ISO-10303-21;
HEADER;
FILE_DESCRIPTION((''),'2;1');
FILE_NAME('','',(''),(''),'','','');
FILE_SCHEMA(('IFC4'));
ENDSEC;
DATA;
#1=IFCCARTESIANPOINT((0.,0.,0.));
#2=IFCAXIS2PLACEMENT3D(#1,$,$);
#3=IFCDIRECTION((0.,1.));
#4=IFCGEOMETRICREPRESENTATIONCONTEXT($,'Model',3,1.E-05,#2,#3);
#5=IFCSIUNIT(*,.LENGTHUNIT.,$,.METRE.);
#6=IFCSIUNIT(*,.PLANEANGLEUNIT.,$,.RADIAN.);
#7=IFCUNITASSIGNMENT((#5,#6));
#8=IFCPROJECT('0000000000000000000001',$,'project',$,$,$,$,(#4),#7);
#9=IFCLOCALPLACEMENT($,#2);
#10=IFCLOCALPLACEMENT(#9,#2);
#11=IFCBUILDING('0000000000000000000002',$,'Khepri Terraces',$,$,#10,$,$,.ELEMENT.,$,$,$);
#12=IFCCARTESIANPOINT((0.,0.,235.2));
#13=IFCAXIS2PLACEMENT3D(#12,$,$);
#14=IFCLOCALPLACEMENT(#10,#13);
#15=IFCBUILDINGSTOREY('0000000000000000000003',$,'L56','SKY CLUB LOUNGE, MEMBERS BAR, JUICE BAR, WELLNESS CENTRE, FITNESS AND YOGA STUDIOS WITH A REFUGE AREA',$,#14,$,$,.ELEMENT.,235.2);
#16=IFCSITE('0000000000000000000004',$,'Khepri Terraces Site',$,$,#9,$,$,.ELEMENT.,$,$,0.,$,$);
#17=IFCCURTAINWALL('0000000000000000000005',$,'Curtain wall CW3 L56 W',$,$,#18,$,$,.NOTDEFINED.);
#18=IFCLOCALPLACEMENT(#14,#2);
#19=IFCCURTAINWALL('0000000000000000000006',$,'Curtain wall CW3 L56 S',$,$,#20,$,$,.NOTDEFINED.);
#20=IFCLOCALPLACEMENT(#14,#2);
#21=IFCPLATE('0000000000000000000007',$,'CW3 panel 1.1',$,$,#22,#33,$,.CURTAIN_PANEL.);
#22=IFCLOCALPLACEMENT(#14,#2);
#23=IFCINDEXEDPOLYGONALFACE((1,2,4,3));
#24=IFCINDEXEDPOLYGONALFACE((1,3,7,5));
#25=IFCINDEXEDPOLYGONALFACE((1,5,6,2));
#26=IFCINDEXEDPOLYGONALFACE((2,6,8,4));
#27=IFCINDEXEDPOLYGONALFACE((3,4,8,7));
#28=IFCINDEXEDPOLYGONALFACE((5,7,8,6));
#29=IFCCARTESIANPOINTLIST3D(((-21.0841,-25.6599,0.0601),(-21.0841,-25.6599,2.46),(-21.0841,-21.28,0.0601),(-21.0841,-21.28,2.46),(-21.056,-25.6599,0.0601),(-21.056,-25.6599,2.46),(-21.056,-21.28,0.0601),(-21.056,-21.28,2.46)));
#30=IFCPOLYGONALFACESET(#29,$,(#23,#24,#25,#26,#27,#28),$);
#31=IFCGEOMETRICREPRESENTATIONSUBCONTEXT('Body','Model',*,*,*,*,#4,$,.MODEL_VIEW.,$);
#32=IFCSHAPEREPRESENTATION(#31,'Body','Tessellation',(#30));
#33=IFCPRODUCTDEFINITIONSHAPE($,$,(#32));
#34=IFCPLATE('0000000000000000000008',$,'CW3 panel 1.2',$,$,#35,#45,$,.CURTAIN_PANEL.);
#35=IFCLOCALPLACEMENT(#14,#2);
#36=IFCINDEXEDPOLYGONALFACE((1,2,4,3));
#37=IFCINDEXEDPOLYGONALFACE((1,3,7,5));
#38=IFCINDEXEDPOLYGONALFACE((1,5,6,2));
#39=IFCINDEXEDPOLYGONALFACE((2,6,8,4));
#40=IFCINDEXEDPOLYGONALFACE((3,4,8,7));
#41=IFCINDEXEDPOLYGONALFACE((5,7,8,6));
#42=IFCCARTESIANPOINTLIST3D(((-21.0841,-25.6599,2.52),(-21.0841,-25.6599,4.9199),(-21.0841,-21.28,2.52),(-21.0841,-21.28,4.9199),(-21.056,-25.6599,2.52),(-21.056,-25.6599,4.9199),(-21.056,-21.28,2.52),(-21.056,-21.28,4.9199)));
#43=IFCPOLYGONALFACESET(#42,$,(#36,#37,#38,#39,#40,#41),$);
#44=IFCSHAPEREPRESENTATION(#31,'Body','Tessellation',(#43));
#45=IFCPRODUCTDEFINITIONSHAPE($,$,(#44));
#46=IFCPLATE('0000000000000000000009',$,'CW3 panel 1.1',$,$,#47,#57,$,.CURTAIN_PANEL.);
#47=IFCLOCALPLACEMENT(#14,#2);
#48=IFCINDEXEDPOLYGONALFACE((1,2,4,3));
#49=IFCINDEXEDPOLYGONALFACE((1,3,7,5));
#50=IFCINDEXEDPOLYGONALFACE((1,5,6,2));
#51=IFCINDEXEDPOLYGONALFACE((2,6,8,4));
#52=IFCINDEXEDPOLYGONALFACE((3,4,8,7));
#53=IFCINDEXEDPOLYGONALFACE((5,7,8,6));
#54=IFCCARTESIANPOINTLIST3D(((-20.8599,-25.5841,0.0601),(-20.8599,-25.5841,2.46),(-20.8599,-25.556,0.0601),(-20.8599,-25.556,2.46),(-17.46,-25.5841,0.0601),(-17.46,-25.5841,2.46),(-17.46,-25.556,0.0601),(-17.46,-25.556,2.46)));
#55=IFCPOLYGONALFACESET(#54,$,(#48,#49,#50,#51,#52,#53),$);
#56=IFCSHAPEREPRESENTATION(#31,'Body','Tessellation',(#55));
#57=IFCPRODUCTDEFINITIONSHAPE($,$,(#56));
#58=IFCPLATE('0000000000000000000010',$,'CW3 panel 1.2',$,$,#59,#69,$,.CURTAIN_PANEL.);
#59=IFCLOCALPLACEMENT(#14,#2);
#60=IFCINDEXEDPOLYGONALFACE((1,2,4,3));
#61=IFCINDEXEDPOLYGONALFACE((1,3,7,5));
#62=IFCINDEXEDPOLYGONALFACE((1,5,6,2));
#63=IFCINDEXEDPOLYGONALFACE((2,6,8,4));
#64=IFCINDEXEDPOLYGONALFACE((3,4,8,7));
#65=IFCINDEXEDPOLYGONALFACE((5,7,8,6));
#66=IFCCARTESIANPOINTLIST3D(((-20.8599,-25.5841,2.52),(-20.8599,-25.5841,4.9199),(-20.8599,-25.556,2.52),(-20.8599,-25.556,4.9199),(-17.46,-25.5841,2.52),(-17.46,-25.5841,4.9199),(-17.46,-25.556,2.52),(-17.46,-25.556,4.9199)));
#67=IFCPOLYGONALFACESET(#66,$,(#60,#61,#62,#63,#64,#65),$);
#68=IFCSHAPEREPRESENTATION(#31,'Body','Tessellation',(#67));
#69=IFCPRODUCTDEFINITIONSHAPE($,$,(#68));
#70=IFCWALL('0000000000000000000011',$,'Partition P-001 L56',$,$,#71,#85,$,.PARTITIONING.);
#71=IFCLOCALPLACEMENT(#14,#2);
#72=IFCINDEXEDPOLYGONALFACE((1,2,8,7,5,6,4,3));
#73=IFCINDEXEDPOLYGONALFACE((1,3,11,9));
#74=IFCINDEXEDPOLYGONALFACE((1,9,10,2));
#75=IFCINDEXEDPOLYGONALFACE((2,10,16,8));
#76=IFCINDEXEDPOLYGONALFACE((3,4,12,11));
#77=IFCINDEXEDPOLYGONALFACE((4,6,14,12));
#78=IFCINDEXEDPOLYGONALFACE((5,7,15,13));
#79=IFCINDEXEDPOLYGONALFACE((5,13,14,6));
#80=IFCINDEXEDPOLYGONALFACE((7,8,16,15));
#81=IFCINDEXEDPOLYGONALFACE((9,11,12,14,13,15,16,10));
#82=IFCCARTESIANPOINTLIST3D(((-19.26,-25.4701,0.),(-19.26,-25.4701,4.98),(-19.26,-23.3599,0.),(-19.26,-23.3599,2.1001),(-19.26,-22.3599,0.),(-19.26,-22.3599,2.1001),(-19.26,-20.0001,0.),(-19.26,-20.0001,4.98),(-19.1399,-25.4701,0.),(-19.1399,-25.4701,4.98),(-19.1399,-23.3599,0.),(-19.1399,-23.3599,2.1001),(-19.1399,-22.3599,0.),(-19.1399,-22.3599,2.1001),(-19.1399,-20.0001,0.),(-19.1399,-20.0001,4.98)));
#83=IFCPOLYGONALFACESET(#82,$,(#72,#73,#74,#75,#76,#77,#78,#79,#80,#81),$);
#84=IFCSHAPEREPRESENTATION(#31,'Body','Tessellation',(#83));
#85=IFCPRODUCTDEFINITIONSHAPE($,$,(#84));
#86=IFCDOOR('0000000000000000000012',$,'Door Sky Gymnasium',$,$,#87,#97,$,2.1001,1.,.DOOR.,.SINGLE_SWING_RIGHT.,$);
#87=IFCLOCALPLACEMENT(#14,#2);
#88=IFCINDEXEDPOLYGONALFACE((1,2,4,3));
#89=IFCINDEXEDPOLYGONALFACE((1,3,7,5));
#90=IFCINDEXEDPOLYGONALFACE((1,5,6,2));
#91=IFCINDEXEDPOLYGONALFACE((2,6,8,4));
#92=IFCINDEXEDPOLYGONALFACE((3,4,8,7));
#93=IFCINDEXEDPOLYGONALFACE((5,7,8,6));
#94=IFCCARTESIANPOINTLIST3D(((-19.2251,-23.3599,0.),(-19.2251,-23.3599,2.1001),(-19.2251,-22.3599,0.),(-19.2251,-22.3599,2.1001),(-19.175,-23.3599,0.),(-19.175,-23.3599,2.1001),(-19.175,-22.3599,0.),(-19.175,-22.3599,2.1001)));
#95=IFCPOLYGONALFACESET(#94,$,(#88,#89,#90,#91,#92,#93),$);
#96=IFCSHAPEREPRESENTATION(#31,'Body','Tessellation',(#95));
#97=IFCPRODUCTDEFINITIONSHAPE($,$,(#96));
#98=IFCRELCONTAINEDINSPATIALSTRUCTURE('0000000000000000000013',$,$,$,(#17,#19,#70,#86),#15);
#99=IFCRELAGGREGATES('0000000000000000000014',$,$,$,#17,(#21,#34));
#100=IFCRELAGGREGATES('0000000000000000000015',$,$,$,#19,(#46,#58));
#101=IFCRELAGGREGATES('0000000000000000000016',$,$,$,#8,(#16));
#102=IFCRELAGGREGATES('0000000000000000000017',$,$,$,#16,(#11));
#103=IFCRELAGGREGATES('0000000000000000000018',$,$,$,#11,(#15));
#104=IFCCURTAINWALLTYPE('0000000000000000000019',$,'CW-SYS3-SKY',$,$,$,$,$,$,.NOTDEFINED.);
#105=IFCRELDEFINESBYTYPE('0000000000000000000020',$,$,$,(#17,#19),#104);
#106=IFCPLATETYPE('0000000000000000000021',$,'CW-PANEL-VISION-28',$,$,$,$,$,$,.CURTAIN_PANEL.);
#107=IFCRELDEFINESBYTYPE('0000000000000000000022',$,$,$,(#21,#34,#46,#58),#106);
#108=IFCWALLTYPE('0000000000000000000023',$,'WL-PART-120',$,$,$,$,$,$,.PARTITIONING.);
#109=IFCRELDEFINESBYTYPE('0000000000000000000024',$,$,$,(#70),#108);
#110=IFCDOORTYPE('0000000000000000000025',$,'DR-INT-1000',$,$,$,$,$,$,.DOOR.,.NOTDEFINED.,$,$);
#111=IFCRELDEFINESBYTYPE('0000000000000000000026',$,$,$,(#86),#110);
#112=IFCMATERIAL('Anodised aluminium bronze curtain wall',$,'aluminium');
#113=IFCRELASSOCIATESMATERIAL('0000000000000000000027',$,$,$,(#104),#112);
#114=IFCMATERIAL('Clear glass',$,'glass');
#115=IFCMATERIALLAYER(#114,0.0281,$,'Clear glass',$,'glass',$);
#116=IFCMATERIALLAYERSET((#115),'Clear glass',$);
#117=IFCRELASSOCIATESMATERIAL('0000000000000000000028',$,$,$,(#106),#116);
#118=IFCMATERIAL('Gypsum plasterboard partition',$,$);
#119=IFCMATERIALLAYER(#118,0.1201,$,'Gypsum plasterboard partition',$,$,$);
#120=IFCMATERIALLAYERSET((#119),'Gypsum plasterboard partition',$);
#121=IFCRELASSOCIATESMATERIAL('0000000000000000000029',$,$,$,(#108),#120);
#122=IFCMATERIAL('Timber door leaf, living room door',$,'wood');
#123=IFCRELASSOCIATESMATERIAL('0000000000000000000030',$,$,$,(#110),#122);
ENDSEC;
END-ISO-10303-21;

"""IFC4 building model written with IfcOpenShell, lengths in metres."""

from ifc_helpers import new_model, si_unit, direction, frame, frame_2d, origin, origin_2d, place, context, subcontext, project, spatial, rectangle, extrude, material, layer, layer_set, type_object, element, fill, aggregate, save


model = new_model("IFC4")

# Units and contexts
model_context = context("Model", 3, precision=1e-05, world=origin(), true_north=direction((0.0, 1.0)))
body_context = subcontext(model_context, "Body", "Model", "MODEL_VIEW")
ifc_project = project(units=[si_unit("LENGTHUNIT", "METRE"), si_unit("PLANEANGLEUNIT", "RADIAN")], contexts=[model_context])

# Site, building, storey
site_placement = place(None, origin())
site = spatial("IfcSite", under=ifc_project, at=site_placement, Name="Khepri Terraces Site", CompositionType="ELEMENT", RefElevation=0.0)
building_placement = place(site_placement, origin())
building = spatial("IfcBuilding", under=site, at=building_placement, Name="Khepri Terraces", CompositionType="ELEMENT")
storey_placement = place(building_placement, frame((0.0, 0.0, 235.2)))
storey = spatial("IfcBuildingStorey", under=building, at=storey_placement, Name="L56", Description="SKY CLUB LOUNGE, MEMBERS BAR, JUICE BAR, WELLNESS CENTRE, FITNESS AND YOGA STUDIOS WITH A REFUGE AREA", CompositionType="ELEMENT", Elevation=235.2)

# Shared definitions
ifc_material_1 = material(Name="Anodised aluminium bronze curtain wall", Category="aluminium")
curtain_wall_type = type_object("IfcCurtainWallType", Name="CW-SYS3-SKY", PredefinedType="NOTDEFINED", material=ifc_material_1)

# Curtain walls
curtain_wall_1_placement = place(storey_placement, origin())
curtain_wall_1 = element("IfcCurtainWall", 1, at=curtain_wall_1_placement, inside=storey, type_object=curtain_wall_type, Name="Curtain wall CW3 L56 W", PredefinedType="NOTDEFINED")
curtain_wall_2_placement = place(storey_placement, origin())
curtain_wall_2 = element("IfcCurtainWall", 2, at=curtain_wall_2_placement, inside=storey, type_object=curtain_wall_type, Name="Curtain wall CW3 L56 S", PredefinedType="NOTDEFINED")

# Plates
ifc_material_2 = material(Name="Clear glass", Category="glass")
ifc_layer_1 = layer(ifc_material_2, 0.0281, Name="Clear glass", Category="glass")
ifc_layer_set_1 = layer_set([ifc_layer_1], Name="Clear glass")
plate_type = type_object("IfcPlateType", Name="CW-PANEL-VISION-28", PredefinedType="CURTAIN_PANEL", material=ifc_layer_set_1)
plate_1_placement = place(storey_placement, frame((-21.0701, -23.47, 0.0601), z_axis=(0.0, 0.0, 1.0), x_axis=(0.0, -1.0, 0.0)))
plate_1 = element("IfcPlate", 3, at=plate_1_placement, type_object=plate_type, Name="CW3 panel 1.1", PredefinedType="CURTAIN_PANEL", context=body_context, shape_type="SweptSolid", body=[
    extrude(rectangle(XDim=4.3799, YDim=0.0281, at=origin_2d()), origin(), (0.0, 0.0, 1.0), 2.3999),
])
plate_2_placement = place(storey_placement, frame((-21.0701, -23.47, 2.52), z_axis=(0.0, 0.0, 1.0), x_axis=(0.0, -1.0, 0.0)))
plate_2 = element("IfcPlate", 4, at=plate_2_placement, type_object=plate_type, Name="CW3 panel 1.2", PredefinedType="CURTAIN_PANEL", context=body_context, shape_type="SweptSolid", body=[
    extrude(rectangle(XDim=4.3799, YDim=0.0281, at=origin_2d()), origin(), (0.0, 0.0, 1.0), 2.3999),
])
aggregate(curtain_wall_1, [plate_1, plate_2])
plate_3_placement = place(storey_placement, frame((-19.1599, -25.5701, 0.0601), z_axis=(0.0, 0.0, 1.0), x_axis=(1.0, 0.0, 0.0)))
plate_3 = element("IfcPlate", 5, at=plate_3_placement, type_object=plate_type, Name="CW3 panel 1.1", PredefinedType="CURTAIN_PANEL", context=body_context, shape_type="SweptSolid", body=[
    extrude(rectangle(XDim=3.3999, YDim=0.0281, at=origin_2d()), origin(), (0.0, 0.0, 1.0), 2.3999),
])
plate_4_placement = place(storey_placement, frame((-19.1599, -25.5701, 2.52), z_axis=(0.0, 0.0, 1.0), x_axis=(1.0, 0.0, 0.0)))
plate_4 = element("IfcPlate", 6, at=plate_4_placement, type_object=plate_type, Name="CW3 panel 1.2", PredefinedType="CURTAIN_PANEL", context=body_context, shape_type="SweptSolid", body=[
    extrude(rectangle(XDim=3.3999, YDim=0.0281, at=origin_2d()), origin(), (0.0, 0.0, 1.0), 2.3999),
])
aggregate(curtain_wall_2, [plate_3, plate_4])

# Wall, opening, door
ifc_material_3 = material(Name="Gypsum plasterboard partition")
ifc_layer_2 = layer(ifc_material_3, 0.1201, Name="Gypsum plasterboard partition")
ifc_layer_set_2 = layer_set([ifc_layer_2], Name="Gypsum plasterboard partition")
wall_type = type_object("IfcWallType", Name="WL-PART-120", PredefinedType="PARTITIONING", material=ifc_layer_set_2)
wall_placement = place(storey_placement, frame((-19.2, -25.47, 0.0), z_axis=(0.0, 0.0, 1.0), x_axis=(0.0, 1.0, 0.0)))
wall = element("IfcWall", 7, at=wall_placement, inside=storey, type_object=wall_type, Name="Partition P-001 L56", PredefinedType="PARTITIONING", context=body_context, shape_type="SweptSolid", body=[
    extrude(rectangle(XDim=5.47, YDim=0.1201, at=frame_2d((2.7349, 0.0))), origin(), (0.0, 0.0, 1.0), 4.98),
])
opening_placement = place(wall_placement, frame((2.1101, 0.0, 0.0)))
opening = element("IfcOpeningElement", 8, at=opening_placement, cuts=wall, PredefinedType="OPENING", context=body_context, shape_type="SweptSolid", body=[
    extrude(rectangle(XDim=1.0, YDim=2.1001, at=frame_2d((0.5, 1.05))), frame((0.0, 0.0701, 0.0), z_axis=(0.0, -1.0, 0.0), x_axis=(1.0, 0.0, 0.0)), (0.0, 0.0, 1.0), 0.1401),
])
ifc_material_4 = material(Name="Timber door leaf, living room door", Category="wood")
door_type = type_object("IfcDoorType", Name="DR-INT-1000", OperationType="NOTDEFINED", PredefinedType="DOOR", material=ifc_material_4)
door_placement = place(opening_placement, frame((1.0, 0.0, 0.0), z_axis=(0.0, 0.0, 1.0), x_axis=(-1.0, 0.0, 0.0)))
door = element("IfcDoor", 9, at=door_placement, inside=storey, type_object=door_type, Name="Door Sky Gymnasium", OperationType="SINGLE_SWING_RIGHT", OverallHeight=2.1001, OverallWidth=1.0, PredefinedType="DOOR", context=body_context, shape_type="SweptSolid", body=[
    extrude(rectangle(XDim=1.0, YDim=2.1001, at=frame_2d((0.5, 1.05))), frame((0.0, 0.0249, 0.0), z_axis=(0.0, -1.0, 0.0), x_axis=(1.0, 0.0, 0.0)), (0.0, 0.0, 1.0), 0.05),
])
fill(opening, door)

save(model, "model.ifc")
